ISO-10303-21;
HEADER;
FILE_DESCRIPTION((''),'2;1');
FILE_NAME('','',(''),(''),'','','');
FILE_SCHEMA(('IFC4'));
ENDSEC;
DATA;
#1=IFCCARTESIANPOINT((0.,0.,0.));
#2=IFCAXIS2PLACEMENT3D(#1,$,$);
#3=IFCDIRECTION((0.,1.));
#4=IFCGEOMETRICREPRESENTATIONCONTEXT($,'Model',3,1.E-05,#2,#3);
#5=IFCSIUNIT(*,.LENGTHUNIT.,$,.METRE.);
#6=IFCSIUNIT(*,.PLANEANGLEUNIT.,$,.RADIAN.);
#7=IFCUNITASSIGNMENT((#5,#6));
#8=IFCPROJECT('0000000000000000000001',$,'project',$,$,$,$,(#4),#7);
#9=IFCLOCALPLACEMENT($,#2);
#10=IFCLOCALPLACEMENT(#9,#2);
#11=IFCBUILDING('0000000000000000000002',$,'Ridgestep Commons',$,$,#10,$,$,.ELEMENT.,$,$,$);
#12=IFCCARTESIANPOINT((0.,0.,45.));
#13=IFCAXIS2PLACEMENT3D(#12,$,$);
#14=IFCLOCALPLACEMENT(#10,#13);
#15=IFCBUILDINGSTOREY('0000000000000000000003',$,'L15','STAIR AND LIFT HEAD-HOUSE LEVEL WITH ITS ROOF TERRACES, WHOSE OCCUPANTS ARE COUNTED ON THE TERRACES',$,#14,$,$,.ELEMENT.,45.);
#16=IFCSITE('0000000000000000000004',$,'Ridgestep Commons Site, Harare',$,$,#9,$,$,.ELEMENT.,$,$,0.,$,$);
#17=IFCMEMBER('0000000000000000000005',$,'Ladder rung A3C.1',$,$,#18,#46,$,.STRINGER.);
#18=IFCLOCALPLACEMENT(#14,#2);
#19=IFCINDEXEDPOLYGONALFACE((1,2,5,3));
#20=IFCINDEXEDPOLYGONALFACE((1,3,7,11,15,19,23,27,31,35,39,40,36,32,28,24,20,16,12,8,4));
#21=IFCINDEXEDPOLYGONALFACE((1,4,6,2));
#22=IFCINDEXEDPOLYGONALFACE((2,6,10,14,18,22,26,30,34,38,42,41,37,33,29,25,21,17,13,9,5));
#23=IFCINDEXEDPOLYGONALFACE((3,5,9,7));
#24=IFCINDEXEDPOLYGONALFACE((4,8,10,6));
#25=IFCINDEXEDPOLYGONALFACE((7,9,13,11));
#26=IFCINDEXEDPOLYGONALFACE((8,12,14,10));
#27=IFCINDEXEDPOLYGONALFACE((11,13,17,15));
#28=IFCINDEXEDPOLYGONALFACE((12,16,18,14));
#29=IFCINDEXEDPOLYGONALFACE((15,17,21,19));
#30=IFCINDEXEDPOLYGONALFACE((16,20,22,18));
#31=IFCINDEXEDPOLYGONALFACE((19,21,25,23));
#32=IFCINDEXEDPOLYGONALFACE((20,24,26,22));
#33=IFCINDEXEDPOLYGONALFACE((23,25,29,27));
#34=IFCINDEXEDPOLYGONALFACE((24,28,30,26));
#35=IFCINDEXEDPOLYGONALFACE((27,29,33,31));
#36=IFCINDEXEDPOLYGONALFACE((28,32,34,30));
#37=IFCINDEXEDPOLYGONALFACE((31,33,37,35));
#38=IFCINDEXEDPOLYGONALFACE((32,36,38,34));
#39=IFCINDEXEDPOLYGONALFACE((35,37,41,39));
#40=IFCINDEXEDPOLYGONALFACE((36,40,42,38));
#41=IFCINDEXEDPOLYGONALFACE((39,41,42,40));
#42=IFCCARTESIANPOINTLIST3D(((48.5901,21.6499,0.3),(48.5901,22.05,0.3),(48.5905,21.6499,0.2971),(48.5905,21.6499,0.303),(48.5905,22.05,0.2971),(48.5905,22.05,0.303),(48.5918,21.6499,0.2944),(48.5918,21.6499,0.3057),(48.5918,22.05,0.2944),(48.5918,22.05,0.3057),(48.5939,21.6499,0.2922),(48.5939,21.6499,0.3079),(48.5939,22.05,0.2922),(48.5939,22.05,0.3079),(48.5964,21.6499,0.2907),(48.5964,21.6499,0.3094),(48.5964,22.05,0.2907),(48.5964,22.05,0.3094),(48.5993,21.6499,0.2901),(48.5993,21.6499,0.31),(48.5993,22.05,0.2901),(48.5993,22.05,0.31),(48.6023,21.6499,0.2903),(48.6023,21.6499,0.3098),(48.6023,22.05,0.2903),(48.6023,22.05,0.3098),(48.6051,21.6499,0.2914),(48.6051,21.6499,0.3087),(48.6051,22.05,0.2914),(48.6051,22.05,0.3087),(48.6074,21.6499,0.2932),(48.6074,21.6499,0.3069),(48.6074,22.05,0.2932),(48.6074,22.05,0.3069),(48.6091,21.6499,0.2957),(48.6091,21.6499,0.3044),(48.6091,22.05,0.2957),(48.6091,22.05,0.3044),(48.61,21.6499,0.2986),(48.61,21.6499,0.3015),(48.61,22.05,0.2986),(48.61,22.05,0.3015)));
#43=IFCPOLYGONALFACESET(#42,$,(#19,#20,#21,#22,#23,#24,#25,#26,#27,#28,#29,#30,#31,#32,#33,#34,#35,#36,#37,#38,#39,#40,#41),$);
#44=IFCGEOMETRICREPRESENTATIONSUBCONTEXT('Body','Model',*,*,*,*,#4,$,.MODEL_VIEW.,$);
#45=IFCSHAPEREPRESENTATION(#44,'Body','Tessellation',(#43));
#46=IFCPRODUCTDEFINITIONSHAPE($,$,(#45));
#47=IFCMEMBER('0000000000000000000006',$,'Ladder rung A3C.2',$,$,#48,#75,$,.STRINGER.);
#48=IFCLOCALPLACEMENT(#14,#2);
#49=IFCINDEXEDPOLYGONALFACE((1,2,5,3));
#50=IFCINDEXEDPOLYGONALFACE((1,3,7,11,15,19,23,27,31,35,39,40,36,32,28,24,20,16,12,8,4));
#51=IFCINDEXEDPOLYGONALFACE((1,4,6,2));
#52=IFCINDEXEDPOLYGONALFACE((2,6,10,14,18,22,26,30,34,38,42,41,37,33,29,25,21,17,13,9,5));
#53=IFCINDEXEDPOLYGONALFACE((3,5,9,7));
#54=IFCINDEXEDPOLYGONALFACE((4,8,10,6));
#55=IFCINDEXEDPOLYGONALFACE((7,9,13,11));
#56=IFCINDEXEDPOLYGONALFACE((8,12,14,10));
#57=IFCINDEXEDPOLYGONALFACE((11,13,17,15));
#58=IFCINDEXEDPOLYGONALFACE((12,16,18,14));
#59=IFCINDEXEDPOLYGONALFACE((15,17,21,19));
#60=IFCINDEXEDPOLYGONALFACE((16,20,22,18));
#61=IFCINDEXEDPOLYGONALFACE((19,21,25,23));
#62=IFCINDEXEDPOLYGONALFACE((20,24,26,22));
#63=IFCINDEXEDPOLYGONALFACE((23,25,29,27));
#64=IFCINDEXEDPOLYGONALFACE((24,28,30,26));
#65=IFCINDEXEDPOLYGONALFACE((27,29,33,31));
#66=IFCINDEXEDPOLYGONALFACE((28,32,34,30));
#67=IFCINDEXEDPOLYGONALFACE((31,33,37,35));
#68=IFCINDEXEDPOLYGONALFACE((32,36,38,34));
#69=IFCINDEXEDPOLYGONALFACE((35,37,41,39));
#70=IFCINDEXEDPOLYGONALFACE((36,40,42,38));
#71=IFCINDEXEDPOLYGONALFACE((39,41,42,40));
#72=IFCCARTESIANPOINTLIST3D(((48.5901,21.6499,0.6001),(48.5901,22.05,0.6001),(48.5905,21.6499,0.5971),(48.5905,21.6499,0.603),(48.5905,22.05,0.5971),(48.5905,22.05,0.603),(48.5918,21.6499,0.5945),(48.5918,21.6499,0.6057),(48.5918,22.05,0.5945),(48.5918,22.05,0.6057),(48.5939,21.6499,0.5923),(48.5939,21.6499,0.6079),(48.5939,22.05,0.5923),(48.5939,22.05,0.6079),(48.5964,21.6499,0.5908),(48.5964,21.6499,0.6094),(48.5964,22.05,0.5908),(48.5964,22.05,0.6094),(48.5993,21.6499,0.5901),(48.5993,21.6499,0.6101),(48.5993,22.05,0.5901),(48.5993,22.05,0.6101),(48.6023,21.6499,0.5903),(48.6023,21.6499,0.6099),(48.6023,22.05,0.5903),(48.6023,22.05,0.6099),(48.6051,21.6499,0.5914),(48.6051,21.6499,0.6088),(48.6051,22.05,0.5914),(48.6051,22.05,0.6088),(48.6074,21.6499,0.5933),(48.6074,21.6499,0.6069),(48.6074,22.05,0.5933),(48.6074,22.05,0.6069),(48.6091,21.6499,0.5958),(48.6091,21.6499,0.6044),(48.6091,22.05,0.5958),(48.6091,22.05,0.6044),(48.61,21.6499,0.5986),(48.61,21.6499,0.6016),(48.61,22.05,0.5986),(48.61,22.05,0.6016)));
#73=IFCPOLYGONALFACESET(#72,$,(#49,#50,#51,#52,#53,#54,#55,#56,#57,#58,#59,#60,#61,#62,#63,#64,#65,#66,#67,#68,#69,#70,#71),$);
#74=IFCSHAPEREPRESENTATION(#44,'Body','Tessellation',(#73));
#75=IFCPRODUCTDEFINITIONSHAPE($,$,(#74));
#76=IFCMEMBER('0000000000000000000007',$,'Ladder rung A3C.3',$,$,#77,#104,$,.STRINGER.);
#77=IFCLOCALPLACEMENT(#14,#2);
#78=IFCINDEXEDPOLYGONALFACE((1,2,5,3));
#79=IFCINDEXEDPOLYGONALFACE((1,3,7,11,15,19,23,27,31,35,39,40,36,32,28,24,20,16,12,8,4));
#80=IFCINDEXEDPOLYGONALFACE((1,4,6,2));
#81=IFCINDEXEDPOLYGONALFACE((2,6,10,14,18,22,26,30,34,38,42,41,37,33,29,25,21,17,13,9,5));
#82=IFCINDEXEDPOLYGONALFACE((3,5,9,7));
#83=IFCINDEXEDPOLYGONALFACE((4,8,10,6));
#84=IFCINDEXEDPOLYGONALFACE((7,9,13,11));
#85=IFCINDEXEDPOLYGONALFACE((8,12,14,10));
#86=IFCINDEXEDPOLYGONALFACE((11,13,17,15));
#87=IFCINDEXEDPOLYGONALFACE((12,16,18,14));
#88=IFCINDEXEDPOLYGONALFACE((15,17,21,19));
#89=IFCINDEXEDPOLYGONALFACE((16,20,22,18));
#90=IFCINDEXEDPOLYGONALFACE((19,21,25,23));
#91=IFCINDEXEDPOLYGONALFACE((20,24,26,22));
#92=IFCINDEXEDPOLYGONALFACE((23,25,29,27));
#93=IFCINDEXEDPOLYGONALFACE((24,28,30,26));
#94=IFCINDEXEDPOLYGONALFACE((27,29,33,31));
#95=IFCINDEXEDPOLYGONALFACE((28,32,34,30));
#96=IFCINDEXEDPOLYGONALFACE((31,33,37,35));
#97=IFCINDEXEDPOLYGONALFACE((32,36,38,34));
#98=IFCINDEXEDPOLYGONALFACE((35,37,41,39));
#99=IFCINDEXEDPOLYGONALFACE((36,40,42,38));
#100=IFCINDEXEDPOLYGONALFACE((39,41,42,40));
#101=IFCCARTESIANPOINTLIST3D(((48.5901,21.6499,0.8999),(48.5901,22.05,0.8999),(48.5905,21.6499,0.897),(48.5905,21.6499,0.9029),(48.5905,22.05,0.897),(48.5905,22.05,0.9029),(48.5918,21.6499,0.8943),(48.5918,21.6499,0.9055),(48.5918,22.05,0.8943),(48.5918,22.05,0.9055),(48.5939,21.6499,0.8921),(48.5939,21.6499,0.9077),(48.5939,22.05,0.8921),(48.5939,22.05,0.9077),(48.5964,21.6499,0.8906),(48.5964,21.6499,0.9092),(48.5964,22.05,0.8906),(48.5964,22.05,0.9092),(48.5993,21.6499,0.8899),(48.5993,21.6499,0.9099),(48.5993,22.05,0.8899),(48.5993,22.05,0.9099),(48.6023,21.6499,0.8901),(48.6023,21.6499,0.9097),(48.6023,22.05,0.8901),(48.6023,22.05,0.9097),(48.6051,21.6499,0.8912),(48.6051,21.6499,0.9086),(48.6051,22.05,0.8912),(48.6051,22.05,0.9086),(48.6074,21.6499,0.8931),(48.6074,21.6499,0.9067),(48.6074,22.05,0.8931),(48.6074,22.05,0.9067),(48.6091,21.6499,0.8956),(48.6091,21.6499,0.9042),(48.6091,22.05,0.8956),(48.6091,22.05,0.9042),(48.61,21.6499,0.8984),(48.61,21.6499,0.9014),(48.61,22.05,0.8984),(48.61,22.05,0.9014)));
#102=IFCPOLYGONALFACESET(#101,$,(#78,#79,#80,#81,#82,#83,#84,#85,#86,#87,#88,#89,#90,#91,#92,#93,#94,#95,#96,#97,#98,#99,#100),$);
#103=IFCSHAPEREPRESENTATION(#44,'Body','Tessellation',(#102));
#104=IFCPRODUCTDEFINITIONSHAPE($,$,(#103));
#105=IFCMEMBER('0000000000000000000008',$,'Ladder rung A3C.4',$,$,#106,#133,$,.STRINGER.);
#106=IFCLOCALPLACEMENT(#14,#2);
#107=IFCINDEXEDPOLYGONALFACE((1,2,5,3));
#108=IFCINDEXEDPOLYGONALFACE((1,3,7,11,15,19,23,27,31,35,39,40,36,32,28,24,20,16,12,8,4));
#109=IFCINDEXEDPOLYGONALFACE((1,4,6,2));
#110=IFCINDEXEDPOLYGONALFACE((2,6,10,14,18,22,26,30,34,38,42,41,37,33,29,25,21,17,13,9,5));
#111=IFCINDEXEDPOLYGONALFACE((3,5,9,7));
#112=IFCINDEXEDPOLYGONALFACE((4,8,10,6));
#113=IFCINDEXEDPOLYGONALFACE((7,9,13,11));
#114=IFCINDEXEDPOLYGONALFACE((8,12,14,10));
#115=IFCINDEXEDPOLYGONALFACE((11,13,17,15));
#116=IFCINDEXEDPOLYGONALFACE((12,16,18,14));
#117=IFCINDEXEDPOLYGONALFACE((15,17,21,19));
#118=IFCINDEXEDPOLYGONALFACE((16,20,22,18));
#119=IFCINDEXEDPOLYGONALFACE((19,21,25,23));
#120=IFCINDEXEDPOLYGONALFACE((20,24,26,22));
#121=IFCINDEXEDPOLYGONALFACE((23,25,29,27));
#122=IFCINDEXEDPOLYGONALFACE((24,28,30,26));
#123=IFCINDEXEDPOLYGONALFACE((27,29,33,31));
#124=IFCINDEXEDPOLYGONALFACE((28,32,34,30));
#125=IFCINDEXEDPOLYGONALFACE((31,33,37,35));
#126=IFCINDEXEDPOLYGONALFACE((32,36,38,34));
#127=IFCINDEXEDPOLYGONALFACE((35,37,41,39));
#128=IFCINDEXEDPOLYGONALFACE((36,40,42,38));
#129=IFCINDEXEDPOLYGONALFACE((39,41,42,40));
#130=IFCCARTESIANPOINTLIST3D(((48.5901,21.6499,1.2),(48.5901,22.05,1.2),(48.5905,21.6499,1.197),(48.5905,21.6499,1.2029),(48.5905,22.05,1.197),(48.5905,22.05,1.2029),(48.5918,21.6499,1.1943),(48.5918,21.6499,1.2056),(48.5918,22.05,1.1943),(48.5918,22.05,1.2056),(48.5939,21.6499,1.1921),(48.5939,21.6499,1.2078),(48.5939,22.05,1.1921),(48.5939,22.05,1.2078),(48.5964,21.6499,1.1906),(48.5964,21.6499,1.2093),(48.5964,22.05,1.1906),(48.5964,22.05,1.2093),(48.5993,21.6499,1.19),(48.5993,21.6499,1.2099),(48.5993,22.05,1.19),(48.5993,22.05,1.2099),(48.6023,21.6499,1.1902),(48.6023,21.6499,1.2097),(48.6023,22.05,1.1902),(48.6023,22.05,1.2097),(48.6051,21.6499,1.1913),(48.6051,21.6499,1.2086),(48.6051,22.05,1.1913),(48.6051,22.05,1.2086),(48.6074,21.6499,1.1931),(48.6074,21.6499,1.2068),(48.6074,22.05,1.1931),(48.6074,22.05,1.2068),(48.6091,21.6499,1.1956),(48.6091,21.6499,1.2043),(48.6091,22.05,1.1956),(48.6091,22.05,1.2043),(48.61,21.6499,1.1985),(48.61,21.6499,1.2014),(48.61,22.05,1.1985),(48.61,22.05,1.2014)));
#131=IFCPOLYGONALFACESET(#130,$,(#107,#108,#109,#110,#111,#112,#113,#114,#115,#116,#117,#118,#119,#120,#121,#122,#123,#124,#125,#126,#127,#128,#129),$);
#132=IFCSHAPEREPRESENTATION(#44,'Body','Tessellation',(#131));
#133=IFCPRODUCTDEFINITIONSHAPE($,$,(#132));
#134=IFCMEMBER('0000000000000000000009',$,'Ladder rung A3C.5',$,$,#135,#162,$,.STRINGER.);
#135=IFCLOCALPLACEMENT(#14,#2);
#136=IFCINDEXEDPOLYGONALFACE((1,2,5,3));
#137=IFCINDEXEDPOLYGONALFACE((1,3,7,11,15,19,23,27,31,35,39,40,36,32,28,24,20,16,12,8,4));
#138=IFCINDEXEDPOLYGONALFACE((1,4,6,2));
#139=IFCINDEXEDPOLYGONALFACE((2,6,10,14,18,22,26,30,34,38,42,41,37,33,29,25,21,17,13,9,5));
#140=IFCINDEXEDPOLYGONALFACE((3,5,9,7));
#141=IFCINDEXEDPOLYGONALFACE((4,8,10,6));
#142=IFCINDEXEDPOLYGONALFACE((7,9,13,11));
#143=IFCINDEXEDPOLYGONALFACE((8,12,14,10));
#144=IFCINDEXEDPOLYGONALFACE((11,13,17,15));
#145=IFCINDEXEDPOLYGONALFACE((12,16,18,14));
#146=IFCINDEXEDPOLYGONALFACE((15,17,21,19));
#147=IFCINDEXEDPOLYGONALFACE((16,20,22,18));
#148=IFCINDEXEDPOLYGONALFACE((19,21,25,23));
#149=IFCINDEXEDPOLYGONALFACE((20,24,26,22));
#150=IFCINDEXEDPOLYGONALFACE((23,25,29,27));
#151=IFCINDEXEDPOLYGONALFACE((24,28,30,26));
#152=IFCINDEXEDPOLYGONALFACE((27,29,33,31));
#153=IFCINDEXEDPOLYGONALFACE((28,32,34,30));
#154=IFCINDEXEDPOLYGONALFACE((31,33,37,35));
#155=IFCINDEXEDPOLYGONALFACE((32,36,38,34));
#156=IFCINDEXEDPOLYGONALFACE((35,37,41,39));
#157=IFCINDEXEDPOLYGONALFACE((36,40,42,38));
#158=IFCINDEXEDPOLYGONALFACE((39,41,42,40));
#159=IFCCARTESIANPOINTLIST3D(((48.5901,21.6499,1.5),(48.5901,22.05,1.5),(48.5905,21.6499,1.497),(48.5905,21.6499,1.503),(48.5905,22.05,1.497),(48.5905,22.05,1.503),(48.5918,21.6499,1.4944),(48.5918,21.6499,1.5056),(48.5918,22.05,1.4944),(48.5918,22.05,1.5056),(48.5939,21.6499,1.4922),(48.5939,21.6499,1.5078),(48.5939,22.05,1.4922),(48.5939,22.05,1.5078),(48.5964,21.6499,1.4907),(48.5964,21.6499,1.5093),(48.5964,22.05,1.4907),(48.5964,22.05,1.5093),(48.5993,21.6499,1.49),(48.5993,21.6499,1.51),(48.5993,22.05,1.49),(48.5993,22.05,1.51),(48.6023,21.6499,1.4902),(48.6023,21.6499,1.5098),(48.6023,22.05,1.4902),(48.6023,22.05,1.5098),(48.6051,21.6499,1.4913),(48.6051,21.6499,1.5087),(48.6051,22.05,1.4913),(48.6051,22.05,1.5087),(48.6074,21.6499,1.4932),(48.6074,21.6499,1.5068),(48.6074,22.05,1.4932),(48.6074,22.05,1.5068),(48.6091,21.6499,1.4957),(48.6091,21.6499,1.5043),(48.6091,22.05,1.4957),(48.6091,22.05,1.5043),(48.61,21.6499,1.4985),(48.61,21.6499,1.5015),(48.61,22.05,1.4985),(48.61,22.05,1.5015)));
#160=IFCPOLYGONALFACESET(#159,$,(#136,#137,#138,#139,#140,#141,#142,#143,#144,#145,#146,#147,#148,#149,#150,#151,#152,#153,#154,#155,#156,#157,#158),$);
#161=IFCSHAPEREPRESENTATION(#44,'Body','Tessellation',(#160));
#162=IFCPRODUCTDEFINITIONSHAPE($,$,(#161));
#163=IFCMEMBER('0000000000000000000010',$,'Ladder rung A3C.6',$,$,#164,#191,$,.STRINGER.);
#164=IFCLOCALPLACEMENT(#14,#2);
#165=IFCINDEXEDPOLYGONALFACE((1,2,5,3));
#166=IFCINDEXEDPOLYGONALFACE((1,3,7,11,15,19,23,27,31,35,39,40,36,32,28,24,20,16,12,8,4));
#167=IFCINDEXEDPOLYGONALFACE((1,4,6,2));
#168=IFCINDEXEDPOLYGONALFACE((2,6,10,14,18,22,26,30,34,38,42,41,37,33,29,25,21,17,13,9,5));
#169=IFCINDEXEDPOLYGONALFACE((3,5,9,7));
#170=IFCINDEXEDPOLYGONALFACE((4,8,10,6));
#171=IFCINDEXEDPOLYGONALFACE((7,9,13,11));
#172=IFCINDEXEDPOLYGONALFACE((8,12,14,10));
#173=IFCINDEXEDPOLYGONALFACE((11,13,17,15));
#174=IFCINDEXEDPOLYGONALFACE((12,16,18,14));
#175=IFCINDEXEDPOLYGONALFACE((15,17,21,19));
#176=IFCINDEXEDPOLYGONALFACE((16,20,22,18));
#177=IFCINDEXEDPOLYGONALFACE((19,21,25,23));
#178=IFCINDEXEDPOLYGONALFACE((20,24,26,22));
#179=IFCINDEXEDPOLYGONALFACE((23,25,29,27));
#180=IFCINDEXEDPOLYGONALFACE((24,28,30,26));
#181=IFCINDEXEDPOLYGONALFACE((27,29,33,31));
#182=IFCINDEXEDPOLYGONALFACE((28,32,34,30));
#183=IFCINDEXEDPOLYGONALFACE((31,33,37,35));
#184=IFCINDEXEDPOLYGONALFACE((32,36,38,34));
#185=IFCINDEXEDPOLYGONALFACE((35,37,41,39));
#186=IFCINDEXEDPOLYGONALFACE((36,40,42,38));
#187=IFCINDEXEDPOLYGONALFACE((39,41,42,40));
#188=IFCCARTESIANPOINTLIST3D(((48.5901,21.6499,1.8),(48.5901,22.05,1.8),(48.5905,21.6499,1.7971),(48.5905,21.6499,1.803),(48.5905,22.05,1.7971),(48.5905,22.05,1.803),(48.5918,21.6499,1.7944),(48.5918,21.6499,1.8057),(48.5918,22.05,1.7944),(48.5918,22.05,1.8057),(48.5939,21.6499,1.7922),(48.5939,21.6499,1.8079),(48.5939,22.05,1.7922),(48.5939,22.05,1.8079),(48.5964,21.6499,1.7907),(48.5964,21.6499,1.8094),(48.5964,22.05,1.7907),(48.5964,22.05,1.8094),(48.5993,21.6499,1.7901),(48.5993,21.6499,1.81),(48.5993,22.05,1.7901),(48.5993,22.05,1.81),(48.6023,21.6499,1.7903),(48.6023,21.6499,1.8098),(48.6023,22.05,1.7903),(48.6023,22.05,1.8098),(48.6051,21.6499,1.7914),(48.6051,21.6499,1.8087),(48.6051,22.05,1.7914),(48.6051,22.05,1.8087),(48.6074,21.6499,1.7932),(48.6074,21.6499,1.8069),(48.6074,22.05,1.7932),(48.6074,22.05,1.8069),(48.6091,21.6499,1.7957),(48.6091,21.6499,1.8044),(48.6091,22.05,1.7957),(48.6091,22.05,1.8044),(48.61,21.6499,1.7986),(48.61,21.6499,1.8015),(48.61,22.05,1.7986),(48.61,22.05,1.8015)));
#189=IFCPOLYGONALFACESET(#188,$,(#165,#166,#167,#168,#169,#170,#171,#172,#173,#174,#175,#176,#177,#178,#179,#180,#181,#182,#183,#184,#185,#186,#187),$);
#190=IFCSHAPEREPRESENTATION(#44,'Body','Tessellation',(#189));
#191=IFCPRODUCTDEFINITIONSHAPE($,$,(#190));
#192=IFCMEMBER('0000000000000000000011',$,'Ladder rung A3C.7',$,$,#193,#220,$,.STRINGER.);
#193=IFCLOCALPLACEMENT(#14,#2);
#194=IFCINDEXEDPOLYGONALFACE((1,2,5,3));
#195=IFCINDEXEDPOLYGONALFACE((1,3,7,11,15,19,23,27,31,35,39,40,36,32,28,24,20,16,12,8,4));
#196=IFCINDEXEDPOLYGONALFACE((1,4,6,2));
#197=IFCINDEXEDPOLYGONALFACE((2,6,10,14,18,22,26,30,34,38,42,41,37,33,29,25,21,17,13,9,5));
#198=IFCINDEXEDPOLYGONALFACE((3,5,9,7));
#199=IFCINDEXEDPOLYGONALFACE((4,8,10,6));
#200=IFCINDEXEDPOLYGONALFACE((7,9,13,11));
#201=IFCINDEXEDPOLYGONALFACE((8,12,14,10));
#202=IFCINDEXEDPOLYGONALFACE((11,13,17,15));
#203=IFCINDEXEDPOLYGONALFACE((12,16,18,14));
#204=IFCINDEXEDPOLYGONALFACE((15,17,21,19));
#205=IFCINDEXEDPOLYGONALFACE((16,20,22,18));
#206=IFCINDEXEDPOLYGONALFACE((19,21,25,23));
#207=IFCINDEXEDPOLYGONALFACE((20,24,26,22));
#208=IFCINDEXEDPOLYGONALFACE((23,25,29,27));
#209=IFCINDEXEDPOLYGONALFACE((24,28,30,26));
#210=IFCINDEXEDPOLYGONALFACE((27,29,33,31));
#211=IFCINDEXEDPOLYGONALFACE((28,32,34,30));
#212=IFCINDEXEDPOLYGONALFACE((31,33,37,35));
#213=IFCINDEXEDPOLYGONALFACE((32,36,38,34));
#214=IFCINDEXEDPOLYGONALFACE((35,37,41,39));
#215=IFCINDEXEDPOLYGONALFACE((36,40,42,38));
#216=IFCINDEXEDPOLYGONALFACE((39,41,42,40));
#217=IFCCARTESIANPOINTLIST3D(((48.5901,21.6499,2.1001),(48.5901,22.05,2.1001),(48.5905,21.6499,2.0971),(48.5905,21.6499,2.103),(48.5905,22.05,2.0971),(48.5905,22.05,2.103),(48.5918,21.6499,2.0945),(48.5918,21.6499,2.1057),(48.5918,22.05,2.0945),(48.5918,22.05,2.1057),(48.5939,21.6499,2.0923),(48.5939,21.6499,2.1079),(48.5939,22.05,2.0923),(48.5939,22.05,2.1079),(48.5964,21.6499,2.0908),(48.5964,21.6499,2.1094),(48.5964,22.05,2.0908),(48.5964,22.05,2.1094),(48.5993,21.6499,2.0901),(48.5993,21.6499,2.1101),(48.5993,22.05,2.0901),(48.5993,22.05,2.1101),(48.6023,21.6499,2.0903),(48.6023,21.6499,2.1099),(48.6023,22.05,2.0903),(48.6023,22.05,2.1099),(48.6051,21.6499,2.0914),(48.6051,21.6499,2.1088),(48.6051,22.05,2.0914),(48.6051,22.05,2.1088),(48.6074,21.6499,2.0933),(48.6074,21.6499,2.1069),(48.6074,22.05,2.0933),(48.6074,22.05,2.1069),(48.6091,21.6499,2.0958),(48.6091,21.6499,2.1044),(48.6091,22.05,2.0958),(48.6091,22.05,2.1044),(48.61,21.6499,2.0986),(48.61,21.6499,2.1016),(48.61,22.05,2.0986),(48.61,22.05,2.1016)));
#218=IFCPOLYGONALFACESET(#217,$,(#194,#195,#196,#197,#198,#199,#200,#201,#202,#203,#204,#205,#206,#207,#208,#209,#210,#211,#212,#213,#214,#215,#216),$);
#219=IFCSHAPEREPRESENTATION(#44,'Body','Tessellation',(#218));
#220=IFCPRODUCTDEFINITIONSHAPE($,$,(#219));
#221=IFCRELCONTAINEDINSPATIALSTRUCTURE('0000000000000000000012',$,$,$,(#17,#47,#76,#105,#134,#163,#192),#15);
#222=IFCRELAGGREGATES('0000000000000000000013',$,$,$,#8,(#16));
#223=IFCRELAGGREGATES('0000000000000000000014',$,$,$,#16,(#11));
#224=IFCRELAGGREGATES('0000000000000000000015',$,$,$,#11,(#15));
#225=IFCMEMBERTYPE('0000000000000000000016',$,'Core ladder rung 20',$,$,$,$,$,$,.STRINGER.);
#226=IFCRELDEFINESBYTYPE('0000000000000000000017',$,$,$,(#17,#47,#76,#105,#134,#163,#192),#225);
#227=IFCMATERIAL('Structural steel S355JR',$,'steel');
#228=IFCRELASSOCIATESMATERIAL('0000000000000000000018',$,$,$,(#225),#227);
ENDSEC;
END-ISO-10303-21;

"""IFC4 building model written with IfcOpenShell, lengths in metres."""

from ifc_helpers import new_model, si_unit, direction, frame, origin, origin_2d, place, context, subcontext, project, spatial, circle, extrude, material, material_profile, profile_set, type_object, element, save


model = new_model("IFC4")

# Units and contexts
model_context = context("Model", 3, precision=1e-05, world=origin(), true_north=direction((0.0, 1.0)))
body_context = subcontext(model_context, "Body", "Model", "MODEL_VIEW")
ifc_project = project(units=[si_unit("LENGTHUNIT", "METRE"), si_unit("PLANEANGLEUNIT", "RADIAN")], contexts=[model_context])

# Site, building, storey
site_placement = place(None, origin())
site = spatial("IfcSite", under=ifc_project, at=site_placement, Name="Ridgestep Commons Site, Harare", CompositionType="ELEMENT", RefElevation=0.0)
building_placement = place(site_placement, origin())
building = spatial("IfcBuilding", under=site, at=building_placement, Name="Ridgestep Commons", CompositionType="ELEMENT")
storey_placement = place(building_placement, frame((0.0, 0.0, 45.0)))
storey = spatial("IfcBuildingStorey", under=building, at=storey_placement, Name="L15", Description="STAIR AND LIFT HEAD-HOUSE LEVEL WITH ITS ROOF TERRACES, WHOSE OCCUPANTS ARE COUNTED ON THE TERRACES", CompositionType="ELEMENT", Elevation=45.0)

# Members
ifc_material_1 = material(Name="Structural steel S355JR", Category="steel")
ifc_material_profile_1 = material_profile(ifc_material_1, circle(Radius=0.01, at=origin_2d()), Name="Round bar 20")
ifc_profile_set_1 = profile_set([ifc_material_profile_1], Name="Structural steel S355JR")
member_type_1 = type_object("IfcMemberType", Name="Core ladder rung 20", PredefinedType="STRINGER", material=ifc_profile_set_1)
for number, where, z_axis, x_axis, name in (
    (1, (48.6001, 21.6499, 0.3), (0.0, 1.0, 0.0), (-1.0, 0.0, 0.0), "Ladder rung A3C.1"),
    (2, (48.6001, 21.6499, 0.6001), (0.0, 1.0, 0.0), (-1.0, 0.0, 0.0), "Ladder rung A3C.2"),
    (3, (48.6001, 21.6499, 0.8999), (0.0, 1.0, 0.0), (-1.0, 0.0, 0.0), "Ladder rung A3C.3"),
    (4, (48.6001, 21.6499, 1.2), (0.0, 1.0, 0.0), (-1.0, 0.0, 0.0), "Ladder rung A3C.4"),
    (5, (48.6001, 21.6499, 1.5), (0.0, 1.0, 0.0), (-1.0, 0.0, 0.0), "Ladder rung A3C.5"),
    (6, (48.6001, 21.6499, 1.8), (0.0, 1.0, 0.0), (-1.0, 0.0, 0.0), "Ladder rung A3C.6"),
    (7, (48.6001, 21.6499, 2.1001), (0.0, 1.0, 0.0), (-1.0, 0.0, 0.0), "Ladder rung A3C.7"),
):
    element("IfcMember", number, at=place(storey_placement, frame(where, z_axis=z_axis, x_axis=x_axis)), inside=storey, type_object=member_type_1, Name=name, PredefinedType="STRINGER", context=body_context, shape_type="SweptSolid", body=[
        extrude(circle(Radius=0.01, at=origin_2d()), origin(), (0.0, 0.0, 1.0), 0.4001),
    ])

save(model, "model.ifc")
